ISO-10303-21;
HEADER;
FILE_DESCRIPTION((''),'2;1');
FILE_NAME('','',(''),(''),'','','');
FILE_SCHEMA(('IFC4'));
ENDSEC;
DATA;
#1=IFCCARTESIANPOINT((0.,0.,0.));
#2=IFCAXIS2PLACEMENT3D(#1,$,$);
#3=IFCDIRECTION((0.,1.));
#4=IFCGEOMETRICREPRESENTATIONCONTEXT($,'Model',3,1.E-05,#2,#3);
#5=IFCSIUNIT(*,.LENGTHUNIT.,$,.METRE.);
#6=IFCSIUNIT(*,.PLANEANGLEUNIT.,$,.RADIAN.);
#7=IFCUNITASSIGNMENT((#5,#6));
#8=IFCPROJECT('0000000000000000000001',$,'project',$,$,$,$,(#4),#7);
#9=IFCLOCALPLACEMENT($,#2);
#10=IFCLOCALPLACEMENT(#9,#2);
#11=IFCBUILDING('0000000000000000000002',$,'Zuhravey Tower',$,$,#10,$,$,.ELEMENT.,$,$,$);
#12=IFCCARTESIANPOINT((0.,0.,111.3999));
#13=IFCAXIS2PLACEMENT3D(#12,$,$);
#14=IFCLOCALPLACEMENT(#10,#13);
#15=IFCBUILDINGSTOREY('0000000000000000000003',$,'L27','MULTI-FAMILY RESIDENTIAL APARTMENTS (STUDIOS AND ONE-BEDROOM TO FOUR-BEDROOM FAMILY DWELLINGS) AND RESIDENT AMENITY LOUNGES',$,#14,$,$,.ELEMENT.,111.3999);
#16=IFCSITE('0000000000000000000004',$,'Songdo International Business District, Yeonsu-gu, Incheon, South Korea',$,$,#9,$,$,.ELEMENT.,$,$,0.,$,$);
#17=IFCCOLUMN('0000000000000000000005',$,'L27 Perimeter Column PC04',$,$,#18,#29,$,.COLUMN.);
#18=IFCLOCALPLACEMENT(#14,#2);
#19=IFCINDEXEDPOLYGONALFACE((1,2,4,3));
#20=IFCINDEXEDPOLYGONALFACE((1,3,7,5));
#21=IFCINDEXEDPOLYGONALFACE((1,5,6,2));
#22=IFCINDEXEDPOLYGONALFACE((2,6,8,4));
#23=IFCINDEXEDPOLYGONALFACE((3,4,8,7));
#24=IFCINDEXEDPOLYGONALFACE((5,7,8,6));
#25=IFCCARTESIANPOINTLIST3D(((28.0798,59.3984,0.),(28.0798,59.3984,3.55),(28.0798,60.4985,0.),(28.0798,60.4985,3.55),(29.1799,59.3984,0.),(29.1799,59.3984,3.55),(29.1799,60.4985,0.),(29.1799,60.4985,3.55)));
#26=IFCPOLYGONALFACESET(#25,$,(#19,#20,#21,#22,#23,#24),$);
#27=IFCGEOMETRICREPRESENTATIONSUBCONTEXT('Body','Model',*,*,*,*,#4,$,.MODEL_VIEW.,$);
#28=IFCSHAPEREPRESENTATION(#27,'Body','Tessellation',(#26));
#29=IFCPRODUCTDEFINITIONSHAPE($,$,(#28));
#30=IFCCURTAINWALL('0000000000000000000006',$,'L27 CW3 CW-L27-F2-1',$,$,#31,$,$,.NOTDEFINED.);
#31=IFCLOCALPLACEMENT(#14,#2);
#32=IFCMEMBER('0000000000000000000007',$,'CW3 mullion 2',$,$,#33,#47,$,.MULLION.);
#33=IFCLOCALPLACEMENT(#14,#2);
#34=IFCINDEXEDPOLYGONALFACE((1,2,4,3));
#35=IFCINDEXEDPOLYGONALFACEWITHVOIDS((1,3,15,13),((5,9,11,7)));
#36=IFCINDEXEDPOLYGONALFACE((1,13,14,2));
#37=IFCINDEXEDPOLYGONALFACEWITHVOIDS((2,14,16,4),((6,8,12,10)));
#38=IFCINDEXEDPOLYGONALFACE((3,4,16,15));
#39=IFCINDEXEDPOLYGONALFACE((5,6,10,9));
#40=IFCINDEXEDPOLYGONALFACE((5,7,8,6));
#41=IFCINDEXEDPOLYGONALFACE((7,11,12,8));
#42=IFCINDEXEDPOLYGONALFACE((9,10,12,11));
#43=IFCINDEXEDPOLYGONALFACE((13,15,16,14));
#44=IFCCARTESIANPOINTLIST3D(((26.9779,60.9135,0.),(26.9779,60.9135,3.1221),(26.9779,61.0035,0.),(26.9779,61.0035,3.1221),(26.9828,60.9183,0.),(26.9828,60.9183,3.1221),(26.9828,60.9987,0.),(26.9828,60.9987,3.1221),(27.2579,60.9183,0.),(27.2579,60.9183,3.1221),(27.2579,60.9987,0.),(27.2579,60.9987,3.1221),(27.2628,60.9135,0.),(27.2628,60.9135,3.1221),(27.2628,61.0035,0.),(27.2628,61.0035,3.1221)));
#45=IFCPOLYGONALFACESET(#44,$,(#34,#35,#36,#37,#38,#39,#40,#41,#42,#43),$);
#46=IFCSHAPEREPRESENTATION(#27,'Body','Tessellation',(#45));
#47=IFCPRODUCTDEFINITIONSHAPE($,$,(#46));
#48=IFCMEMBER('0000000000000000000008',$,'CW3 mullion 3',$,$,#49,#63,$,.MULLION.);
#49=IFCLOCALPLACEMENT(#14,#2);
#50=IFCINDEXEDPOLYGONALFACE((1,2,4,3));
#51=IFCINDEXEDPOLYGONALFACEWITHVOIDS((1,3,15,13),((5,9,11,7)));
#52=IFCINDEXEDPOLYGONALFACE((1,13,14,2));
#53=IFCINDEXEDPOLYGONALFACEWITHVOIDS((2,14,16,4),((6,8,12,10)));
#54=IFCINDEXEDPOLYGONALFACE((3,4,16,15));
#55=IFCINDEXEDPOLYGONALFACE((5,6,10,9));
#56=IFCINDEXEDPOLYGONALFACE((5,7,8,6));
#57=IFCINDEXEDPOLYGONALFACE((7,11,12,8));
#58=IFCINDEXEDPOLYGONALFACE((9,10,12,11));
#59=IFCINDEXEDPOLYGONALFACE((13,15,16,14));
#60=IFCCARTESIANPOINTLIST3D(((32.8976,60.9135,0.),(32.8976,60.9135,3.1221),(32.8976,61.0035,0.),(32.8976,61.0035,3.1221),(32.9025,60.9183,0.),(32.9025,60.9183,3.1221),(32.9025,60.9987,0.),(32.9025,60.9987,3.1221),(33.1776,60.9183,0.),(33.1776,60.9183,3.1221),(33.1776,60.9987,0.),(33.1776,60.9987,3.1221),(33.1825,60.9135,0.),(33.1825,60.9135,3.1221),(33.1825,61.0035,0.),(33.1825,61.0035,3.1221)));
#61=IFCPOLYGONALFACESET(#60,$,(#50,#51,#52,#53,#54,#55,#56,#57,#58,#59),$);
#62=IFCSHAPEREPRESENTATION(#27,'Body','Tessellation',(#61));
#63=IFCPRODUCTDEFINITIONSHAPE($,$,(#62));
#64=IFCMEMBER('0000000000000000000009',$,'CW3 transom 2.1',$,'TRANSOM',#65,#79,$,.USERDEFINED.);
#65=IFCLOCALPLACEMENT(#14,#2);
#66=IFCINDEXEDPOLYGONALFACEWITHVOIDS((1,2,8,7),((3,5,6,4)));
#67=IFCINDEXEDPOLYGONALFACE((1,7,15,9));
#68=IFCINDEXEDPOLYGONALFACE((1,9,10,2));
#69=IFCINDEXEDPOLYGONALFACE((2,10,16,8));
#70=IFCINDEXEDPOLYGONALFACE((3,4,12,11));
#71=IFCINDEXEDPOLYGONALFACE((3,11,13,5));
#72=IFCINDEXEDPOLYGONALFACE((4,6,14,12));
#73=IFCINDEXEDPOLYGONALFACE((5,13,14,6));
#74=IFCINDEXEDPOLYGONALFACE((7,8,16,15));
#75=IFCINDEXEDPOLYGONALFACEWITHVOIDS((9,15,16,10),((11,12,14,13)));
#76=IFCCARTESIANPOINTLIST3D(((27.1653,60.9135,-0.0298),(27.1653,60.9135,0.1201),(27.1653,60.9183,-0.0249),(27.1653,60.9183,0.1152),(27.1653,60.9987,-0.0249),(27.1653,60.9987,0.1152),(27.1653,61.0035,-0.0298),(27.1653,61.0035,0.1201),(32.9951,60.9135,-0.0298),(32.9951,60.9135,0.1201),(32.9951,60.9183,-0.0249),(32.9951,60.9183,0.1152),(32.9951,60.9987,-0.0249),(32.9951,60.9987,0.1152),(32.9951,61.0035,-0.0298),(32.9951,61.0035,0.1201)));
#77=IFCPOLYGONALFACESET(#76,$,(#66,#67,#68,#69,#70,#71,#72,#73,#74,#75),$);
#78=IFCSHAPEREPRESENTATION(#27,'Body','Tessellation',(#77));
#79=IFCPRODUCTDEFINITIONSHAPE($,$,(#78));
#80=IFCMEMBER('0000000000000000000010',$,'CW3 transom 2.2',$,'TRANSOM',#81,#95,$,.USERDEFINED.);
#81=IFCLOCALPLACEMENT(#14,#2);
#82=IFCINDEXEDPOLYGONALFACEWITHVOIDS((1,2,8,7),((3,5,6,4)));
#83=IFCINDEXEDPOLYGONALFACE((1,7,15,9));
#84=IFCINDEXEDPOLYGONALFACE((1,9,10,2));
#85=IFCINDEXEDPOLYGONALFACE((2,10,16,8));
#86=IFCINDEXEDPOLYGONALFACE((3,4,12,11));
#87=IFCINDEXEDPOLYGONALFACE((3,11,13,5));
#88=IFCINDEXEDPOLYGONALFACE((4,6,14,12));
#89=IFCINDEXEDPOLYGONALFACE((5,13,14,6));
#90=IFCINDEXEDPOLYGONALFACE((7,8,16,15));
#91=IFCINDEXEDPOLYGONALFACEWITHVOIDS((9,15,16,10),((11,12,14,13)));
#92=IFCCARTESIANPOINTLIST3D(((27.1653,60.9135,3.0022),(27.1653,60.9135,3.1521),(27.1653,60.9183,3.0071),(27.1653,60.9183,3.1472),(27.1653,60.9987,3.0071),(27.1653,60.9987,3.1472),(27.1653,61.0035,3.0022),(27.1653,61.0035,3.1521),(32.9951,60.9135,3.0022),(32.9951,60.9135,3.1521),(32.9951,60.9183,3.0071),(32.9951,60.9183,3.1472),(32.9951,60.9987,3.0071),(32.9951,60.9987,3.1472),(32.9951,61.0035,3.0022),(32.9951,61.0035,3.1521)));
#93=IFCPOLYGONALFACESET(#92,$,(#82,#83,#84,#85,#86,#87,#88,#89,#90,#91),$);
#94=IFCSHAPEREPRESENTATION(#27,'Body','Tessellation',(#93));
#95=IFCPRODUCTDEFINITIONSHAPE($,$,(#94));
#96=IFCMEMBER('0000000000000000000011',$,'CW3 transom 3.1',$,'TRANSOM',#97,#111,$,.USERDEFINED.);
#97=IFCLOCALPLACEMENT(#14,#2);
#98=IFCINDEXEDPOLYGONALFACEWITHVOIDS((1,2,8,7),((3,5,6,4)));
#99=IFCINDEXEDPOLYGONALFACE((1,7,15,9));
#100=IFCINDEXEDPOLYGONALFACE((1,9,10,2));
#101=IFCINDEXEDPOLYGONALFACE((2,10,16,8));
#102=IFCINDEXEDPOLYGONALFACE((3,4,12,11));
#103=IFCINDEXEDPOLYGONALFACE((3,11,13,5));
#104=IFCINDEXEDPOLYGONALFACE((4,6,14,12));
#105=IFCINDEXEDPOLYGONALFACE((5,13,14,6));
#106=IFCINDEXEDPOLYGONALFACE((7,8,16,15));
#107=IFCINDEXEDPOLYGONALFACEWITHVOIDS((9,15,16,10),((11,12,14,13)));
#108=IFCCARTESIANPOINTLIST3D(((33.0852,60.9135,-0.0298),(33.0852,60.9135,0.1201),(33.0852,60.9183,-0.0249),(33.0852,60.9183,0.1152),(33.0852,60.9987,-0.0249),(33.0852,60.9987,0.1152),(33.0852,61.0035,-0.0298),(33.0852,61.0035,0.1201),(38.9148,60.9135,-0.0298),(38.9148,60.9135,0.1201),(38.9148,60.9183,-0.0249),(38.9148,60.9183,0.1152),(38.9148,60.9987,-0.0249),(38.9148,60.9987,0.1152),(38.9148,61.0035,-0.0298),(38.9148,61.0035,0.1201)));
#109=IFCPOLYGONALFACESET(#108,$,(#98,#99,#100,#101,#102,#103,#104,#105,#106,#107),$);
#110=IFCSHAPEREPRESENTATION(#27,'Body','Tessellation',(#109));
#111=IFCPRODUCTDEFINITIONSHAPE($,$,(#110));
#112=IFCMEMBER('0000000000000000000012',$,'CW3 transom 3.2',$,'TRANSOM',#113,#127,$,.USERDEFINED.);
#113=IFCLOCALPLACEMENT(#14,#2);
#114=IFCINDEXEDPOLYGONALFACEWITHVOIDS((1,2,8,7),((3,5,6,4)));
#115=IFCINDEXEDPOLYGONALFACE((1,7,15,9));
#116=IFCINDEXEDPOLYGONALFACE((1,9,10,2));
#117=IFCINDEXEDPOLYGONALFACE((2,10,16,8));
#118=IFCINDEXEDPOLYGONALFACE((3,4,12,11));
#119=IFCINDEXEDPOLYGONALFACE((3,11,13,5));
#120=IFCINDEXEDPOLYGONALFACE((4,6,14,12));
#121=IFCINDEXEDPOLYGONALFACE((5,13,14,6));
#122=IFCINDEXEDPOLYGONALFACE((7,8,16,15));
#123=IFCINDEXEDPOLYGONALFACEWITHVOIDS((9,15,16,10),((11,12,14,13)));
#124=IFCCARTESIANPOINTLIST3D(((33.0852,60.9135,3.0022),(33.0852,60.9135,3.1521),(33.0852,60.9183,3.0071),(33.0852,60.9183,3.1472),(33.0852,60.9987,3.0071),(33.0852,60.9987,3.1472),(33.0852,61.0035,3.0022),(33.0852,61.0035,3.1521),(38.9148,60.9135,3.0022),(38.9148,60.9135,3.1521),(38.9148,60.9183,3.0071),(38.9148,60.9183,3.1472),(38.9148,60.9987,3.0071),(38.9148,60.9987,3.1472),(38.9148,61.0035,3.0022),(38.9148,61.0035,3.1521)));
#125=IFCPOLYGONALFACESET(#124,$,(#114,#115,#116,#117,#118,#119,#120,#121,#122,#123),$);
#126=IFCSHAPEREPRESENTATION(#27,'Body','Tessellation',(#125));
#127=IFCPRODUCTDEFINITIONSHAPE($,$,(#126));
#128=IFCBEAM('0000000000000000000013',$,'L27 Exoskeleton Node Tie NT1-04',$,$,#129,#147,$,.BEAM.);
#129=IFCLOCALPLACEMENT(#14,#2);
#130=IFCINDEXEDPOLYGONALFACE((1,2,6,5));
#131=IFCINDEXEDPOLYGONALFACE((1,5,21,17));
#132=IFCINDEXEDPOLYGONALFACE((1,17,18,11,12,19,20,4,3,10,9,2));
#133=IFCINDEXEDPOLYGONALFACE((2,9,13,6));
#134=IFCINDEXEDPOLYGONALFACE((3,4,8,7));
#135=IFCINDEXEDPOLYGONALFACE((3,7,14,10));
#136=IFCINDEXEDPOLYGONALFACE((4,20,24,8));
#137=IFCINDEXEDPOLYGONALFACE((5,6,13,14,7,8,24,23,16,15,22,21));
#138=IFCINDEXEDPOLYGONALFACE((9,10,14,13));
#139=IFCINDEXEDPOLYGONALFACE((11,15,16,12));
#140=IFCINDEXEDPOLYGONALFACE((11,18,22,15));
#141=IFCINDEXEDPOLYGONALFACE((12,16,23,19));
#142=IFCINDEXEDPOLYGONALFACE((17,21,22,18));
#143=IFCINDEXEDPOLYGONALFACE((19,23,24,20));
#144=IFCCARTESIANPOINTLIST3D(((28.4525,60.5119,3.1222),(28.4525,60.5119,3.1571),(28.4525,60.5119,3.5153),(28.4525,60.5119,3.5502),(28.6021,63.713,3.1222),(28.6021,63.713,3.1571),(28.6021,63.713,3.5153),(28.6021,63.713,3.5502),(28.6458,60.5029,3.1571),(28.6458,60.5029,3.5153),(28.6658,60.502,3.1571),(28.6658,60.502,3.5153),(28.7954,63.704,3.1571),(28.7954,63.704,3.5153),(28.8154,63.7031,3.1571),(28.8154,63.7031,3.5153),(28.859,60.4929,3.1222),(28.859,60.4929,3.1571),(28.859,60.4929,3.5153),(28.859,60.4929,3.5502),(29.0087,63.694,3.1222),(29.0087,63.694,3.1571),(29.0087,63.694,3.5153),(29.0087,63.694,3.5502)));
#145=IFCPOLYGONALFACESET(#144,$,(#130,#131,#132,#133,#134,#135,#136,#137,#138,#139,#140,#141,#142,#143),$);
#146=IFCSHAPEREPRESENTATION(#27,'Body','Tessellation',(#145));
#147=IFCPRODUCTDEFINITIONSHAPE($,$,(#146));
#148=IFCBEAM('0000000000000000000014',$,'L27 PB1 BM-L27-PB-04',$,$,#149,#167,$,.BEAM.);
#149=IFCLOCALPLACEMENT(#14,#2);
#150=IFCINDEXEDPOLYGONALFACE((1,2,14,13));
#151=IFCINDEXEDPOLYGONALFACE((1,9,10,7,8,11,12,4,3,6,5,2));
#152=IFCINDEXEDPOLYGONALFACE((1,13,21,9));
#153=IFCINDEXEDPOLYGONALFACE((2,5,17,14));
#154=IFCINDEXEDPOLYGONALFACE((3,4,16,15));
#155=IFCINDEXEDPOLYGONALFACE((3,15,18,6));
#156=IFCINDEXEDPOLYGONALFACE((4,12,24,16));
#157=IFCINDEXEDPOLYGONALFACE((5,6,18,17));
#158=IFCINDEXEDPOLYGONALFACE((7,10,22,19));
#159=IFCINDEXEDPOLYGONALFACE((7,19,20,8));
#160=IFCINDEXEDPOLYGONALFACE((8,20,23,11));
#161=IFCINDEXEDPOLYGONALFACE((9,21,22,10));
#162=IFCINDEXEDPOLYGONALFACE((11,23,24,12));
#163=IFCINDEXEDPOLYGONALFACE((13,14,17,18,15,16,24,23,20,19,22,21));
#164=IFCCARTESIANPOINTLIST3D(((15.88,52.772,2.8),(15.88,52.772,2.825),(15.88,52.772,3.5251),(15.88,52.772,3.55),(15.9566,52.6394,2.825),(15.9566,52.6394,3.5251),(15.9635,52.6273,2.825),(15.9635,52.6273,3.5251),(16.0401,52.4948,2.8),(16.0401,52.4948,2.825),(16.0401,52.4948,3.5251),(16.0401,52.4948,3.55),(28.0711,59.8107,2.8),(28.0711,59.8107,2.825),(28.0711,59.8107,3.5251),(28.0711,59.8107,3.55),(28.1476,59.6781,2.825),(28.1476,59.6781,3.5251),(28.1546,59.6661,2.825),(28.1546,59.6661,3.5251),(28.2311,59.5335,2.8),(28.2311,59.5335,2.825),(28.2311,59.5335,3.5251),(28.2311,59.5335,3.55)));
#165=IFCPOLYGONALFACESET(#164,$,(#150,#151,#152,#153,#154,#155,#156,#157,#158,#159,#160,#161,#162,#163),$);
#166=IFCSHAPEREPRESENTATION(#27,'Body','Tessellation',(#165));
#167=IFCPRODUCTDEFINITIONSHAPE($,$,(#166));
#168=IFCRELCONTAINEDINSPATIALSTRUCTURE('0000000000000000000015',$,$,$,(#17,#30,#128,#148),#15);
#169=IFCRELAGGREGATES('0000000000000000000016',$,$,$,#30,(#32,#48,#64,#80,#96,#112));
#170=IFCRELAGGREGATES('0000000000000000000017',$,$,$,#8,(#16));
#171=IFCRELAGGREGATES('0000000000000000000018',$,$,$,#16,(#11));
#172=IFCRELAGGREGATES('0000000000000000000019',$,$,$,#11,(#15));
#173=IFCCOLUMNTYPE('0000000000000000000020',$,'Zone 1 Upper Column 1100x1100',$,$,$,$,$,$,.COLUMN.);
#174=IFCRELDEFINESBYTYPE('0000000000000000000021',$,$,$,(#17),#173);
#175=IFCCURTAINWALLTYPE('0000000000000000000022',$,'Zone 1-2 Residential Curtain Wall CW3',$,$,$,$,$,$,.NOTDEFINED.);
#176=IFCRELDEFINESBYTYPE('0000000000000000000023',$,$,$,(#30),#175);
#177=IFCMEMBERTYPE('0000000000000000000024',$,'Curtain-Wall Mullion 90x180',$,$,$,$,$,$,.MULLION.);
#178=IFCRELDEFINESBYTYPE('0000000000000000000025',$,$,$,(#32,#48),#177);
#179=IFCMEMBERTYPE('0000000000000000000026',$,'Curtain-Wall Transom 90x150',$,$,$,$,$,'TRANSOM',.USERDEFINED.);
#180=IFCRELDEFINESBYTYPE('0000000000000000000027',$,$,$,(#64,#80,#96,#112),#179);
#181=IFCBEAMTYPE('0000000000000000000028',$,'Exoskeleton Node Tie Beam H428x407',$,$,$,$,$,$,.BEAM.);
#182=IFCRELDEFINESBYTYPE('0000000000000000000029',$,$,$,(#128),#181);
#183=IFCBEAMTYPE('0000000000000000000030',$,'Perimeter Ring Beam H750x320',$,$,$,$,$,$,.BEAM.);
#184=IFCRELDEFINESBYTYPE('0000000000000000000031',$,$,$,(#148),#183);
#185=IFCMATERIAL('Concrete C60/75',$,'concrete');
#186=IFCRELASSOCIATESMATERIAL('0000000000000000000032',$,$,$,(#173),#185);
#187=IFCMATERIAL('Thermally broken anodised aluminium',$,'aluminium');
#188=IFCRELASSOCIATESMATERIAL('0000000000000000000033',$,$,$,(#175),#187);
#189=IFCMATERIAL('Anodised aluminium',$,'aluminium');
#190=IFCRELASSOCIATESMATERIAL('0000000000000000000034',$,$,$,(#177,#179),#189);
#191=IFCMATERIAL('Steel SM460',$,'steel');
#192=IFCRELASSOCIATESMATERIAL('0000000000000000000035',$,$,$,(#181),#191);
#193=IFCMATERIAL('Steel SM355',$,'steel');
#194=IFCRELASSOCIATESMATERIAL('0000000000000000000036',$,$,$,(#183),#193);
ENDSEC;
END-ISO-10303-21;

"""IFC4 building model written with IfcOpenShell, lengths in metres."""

from ifc_helpers import new_model, si_unit, direction, frame, origin, origin_2d, place, context, subcontext, project, spatial, rectangle, hollow_rectangle, i_section, extrude, material, material_profile, profile_set, type_object, element, aggregate, save


model = new_model("IFC4")

# Units and contexts
model_context = context("Model", 3, precision=1e-05, world=origin(), true_north=direction((0.0, 1.0)))
body_context = subcontext(model_context, "Body", "Model", "MODEL_VIEW")
ifc_project = project(units=[si_unit("LENGTHUNIT", "METRE"), si_unit("PLANEANGLEUNIT", "RADIAN")], contexts=[model_context])

# Site, building, storey
site_placement = place(None, origin())
site = spatial("IfcSite", under=ifc_project, at=site_placement, Name="Songdo International Business District, Yeonsu-gu, Incheon, South Korea", CompositionType="ELEMENT", RefElevation=0.0)
building_placement = place(site_placement, origin())
building = spatial("IfcBuilding", under=site, at=building_placement, Name="Zuhravey Tower", CompositionType="ELEMENT")
storey_placement = place(building_placement, frame((0.0, 0.0, 111.3999)))
storey = spatial("IfcBuildingStorey", under=building, at=storey_placement, Name="L27", Description="MULTI-FAMILY RESIDENTIAL APARTMENTS (STUDIOS AND ONE-BEDROOM TO FOUR-BEDROOM FAMILY DWELLINGS) AND RESIDENT AMENITY LOUNGES", CompositionType="ELEMENT", Elevation=111.3999)

# Column
ifc_material_1 = material(Name="Concrete C60/75", Category="concrete")
ifc_material_profile_1 = material_profile(ifc_material_1, rectangle(XDim=1.1001, YDim=1.1001, at=origin_2d()), Name="RC-1100x1100")
ifc_profile_set_1 = profile_set([ifc_material_profile_1], Name="Concrete C60/75")
column_type = type_object("IfcColumnType", Name="Zone 1 Upper Column 1100x1100", PredefinedType="COLUMN", material=ifc_profile_set_1)
column_placement = place(storey_placement, frame((28.6299, 59.9485, 0.0), z_axis=(0.0, 0.0, 1.0), x_axis=(-1.0, 0.0, 0.0)))
element("IfcColumn", 1, at=column_placement, inside=storey, type_object=column_type, Name="L27 Perimeter Column PC04", PredefinedType="COLUMN", context=body_context, shape_type="SweptSolid", body=[
    extrude(rectangle(XDim=1.1001, YDim=1.1001, at=origin_2d()), origin(), (0.0, 0.0, 1.0), 3.55),
])

# Curtain wall, members
ifc_material_2 = material(Name="Thermally broken anodised aluminium", Category="aluminium")
curtain_wall_type = type_object("IfcCurtainWallType", Name="Zone 1-2 Residential Curtain Wall CW3", PredefinedType="NOTDEFINED", material=ifc_material_2)
curtain_wall_placement = place(storey_placement, origin())
curtain_wall = element("IfcCurtainWall", 2, at=curtain_wall_placement, inside=storey, type_object=curtain_wall_type, Name="L27 CW3 CW-L27-F2-1", PredefinedType="NOTDEFINED")
ifc_material_3 = material(Name="Anodised aluminium", Category="aluminium")
ifc_material_profile_2 = material_profile(ifc_material_3, hollow_rectangle(XDim=0.0901, YDim=0.2849, WallThickness=0.0049, at=origin_2d()), Name="ALU-RHS-90x285x5")
ifc_profile_set_2 = profile_set([ifc_material_profile_2], Name="Anodised aluminium")
member_type_1 = type_object("IfcMemberType", Name="Curtain-Wall Mullion 90x180", PredefinedType="MULLION", material=ifc_profile_set_2)
member_1_placement = place(storey_placement, frame((27.1204, 60.9585, 0.0), z_axis=(0.0, 0.0, 1.0), x_axis=(0.0, 1.0, 0.0)))
member_1 = element("IfcMember", 3, at=member_1_placement, type_object=member_type_1, Name="CW3 mullion 2", PredefinedType="MULLION", context=body_context, shape_type="SweptSolid", body=[
    extrude(hollow_rectangle(XDim=0.0901, YDim=0.2849, WallThickness=0.0049, at=origin_2d()), origin(), (0.0, 0.0, 1.0), 3.1221),
])
member_2_placement = place(storey_placement, frame((33.04, 60.9585, 0.0), z_axis=(0.0, 0.0, 1.0), x_axis=(0.0, 1.0, 0.0)))
member_2 = element("IfcMember", 4, at=member_2_placement, type_object=member_type_1, Name="CW3 mullion 3", PredefinedType="MULLION", context=body_context, shape_type="SweptSolid", body=[
    extrude(hollow_rectangle(XDim=0.0901, YDim=0.2849, WallThickness=0.0049, at=origin_2d()), origin(), (0.0, 0.0, 1.0), 3.1221),
])
ifc_material_profile_3 = material_profile(ifc_material_3, hollow_rectangle(XDim=0.0901, YDim=0.1499, WallThickness=0.0049, at=origin_2d()), Name="ALU-RHS-90x150x5")
ifc_profile_set_3 = profile_set([ifc_material_profile_3], Name="Anodised aluminium")
member_type_2 = type_object("IfcMemberType", Name="Curtain-Wall Transom 90x150", ElementType="TRANSOM", PredefinedType="USERDEFINED", material=ifc_profile_set_3)
member_3_placement = place(storey_placement, frame((27.1653, 60.9585, 0.0452), z_axis=(1.0, 0.0, 0.0), x_axis=(0.0, 1.0, 0.0)))
member_3 = element("IfcMember", 5, at=member_3_placement, type_object=member_type_2, Name="CW3 transom 2.1", ObjectType="TRANSOM", PredefinedType="USERDEFINED", context=body_context, shape_type="SweptSolid", body=[
    extrude(hollow_rectangle(XDim=0.0901, YDim=0.1499, WallThickness=0.0049, at=origin_2d()), origin(), (0.0, 0.0, 1.0), 5.8298),
])
member_4_placement = place(storey_placement, frame((27.1653, 60.9585, 3.0771), z_axis=(1.0, 0.0, 0.0), x_axis=(0.0, 1.0, 0.0)))
member_4 = element("IfcMember", 6, at=member_4_placement, type_object=member_type_2, Name="CW3 transom 2.2", ObjectType="TRANSOM", PredefinedType="USERDEFINED", context=body_context, shape_type="SweptSolid", body=[
    extrude(hollow_rectangle(XDim=0.0901, YDim=0.1499, WallThickness=0.0049, at=origin_2d()), origin(), (0.0, 0.0, 1.0), 5.8298),
])
member_5_placement = place(storey_placement, frame((33.0852, 60.9585, 0.0452), z_axis=(1.0, 0.0, 0.0), x_axis=(0.0, 1.0, 0.0)))
member_5 = element("IfcMember", 7, at=member_5_placement, type_object=member_type_2, Name="CW3 transom 3.1", ObjectType="TRANSOM", PredefinedType="USERDEFINED", context=body_context, shape_type="SweptSolid", body=[
    extrude(hollow_rectangle(XDim=0.0901, YDim=0.1499, WallThickness=0.0049, at=origin_2d()), origin(), (0.0, 0.0, 1.0), 5.8296),
])
member_6_placement = place(storey_placement, frame((33.0852, 60.9585, 3.0771), z_axis=(1.0, 0.0, 0.0), x_axis=(0.0, 1.0, 0.0)))
member_6 = element("IfcMember", 8, at=member_6_placement, type_object=member_type_2, Name="CW3 transom 3.2", ObjectType="TRANSOM", PredefinedType="USERDEFINED", context=body_context, shape_type="SweptSolid", body=[
    extrude(hollow_rectangle(XDim=0.0901, YDim=0.1499, WallThickness=0.0049, at=origin_2d()), origin(), (0.0, 0.0, 1.0), 5.8296),
])

# Beams
ifc_material_4 = material(Name="Steel SM460", Category="steel")
ifc_material_profile_4 = material_profile(ifc_material_4, i_section(OverallWidth=0.407, OverallDepth=0.428, WebThickness=0.02, FlangeThickness=0.0349, at=origin_2d()), Name="H-428x407x20x35")
ifc_profile_set_4 = profile_set([ifc_material_profile_4], Name="Steel SM460")
beam_type_1 = type_object("IfcBeamType", Name="Exoskeleton Node Tie Beam H428x407", PredefinedType="BEAM", material=ifc_profile_set_4)
beam_1_placement = place(storey_placement, frame((28.6558, 60.5024, 3.3362), z_axis=(0.0467, 0.998909, 0.0), x_axis=(-0.998909, 0.0467, 0.0)))
element("IfcBeam", 9, at=beam_1_placement, inside=storey, type_object=beam_type_1, Name="L27 Exoskeleton Node Tie NT1-04", PredefinedType="BEAM", context=body_context, shape_type="SweptSolid", body=[
    extrude(i_section(OverallWidth=0.407, OverallDepth=0.428, WebThickness=0.02, FlangeThickness=0.0349, at=origin_2d()), origin(), (0.0, 0.0, 1.0), 3.2046),
])
ifc_material_5 = material(Name="Steel SM355", Category="steel")
ifc_material_profile_5 = material_profile(ifc_material_5, i_section(OverallWidth=0.3201, OverallDepth=0.75, WebThickness=0.0139, FlangeThickness=0.0249, at=origin_2d()), Name="H-750x320x14x25")
ifc_profile_set_5 = profile_set([ifc_material_profile_5], Name="Steel SM355")
beam_type_2 = type_object("IfcBeamType", Name="Perimeter Ring Beam H750x320", PredefinedType="BEAM", material=ifc_profile_set_5)
beam_2_placement = place(storey_placement, frame((28.1511, 59.6721, 3.175), z_axis=(-0.866018, -0.500013, 0.0), x_axis=(0.500013, -0.866018, 0.0)))
element("IfcBeam", 10, at=beam_2_placement, inside=storey, type_object=beam_type_2, Name="L27 PB1 BM-L27-PB-04", PredefinedType="BEAM", context=body_context, shape_type="SweptSolid", body=[
    extrude(i_section(OverallWidth=0.3201, OverallDepth=0.75, WebThickness=0.0139, FlangeThickness=0.0249, at=origin_2d()), origin(), (0.0, 0.0, 1.0), 14.0771),
])

aggregate(curtain_wall, [member_1, member_2, member_3, member_4, member_5, member_6])

save(model, "model.ifc")
